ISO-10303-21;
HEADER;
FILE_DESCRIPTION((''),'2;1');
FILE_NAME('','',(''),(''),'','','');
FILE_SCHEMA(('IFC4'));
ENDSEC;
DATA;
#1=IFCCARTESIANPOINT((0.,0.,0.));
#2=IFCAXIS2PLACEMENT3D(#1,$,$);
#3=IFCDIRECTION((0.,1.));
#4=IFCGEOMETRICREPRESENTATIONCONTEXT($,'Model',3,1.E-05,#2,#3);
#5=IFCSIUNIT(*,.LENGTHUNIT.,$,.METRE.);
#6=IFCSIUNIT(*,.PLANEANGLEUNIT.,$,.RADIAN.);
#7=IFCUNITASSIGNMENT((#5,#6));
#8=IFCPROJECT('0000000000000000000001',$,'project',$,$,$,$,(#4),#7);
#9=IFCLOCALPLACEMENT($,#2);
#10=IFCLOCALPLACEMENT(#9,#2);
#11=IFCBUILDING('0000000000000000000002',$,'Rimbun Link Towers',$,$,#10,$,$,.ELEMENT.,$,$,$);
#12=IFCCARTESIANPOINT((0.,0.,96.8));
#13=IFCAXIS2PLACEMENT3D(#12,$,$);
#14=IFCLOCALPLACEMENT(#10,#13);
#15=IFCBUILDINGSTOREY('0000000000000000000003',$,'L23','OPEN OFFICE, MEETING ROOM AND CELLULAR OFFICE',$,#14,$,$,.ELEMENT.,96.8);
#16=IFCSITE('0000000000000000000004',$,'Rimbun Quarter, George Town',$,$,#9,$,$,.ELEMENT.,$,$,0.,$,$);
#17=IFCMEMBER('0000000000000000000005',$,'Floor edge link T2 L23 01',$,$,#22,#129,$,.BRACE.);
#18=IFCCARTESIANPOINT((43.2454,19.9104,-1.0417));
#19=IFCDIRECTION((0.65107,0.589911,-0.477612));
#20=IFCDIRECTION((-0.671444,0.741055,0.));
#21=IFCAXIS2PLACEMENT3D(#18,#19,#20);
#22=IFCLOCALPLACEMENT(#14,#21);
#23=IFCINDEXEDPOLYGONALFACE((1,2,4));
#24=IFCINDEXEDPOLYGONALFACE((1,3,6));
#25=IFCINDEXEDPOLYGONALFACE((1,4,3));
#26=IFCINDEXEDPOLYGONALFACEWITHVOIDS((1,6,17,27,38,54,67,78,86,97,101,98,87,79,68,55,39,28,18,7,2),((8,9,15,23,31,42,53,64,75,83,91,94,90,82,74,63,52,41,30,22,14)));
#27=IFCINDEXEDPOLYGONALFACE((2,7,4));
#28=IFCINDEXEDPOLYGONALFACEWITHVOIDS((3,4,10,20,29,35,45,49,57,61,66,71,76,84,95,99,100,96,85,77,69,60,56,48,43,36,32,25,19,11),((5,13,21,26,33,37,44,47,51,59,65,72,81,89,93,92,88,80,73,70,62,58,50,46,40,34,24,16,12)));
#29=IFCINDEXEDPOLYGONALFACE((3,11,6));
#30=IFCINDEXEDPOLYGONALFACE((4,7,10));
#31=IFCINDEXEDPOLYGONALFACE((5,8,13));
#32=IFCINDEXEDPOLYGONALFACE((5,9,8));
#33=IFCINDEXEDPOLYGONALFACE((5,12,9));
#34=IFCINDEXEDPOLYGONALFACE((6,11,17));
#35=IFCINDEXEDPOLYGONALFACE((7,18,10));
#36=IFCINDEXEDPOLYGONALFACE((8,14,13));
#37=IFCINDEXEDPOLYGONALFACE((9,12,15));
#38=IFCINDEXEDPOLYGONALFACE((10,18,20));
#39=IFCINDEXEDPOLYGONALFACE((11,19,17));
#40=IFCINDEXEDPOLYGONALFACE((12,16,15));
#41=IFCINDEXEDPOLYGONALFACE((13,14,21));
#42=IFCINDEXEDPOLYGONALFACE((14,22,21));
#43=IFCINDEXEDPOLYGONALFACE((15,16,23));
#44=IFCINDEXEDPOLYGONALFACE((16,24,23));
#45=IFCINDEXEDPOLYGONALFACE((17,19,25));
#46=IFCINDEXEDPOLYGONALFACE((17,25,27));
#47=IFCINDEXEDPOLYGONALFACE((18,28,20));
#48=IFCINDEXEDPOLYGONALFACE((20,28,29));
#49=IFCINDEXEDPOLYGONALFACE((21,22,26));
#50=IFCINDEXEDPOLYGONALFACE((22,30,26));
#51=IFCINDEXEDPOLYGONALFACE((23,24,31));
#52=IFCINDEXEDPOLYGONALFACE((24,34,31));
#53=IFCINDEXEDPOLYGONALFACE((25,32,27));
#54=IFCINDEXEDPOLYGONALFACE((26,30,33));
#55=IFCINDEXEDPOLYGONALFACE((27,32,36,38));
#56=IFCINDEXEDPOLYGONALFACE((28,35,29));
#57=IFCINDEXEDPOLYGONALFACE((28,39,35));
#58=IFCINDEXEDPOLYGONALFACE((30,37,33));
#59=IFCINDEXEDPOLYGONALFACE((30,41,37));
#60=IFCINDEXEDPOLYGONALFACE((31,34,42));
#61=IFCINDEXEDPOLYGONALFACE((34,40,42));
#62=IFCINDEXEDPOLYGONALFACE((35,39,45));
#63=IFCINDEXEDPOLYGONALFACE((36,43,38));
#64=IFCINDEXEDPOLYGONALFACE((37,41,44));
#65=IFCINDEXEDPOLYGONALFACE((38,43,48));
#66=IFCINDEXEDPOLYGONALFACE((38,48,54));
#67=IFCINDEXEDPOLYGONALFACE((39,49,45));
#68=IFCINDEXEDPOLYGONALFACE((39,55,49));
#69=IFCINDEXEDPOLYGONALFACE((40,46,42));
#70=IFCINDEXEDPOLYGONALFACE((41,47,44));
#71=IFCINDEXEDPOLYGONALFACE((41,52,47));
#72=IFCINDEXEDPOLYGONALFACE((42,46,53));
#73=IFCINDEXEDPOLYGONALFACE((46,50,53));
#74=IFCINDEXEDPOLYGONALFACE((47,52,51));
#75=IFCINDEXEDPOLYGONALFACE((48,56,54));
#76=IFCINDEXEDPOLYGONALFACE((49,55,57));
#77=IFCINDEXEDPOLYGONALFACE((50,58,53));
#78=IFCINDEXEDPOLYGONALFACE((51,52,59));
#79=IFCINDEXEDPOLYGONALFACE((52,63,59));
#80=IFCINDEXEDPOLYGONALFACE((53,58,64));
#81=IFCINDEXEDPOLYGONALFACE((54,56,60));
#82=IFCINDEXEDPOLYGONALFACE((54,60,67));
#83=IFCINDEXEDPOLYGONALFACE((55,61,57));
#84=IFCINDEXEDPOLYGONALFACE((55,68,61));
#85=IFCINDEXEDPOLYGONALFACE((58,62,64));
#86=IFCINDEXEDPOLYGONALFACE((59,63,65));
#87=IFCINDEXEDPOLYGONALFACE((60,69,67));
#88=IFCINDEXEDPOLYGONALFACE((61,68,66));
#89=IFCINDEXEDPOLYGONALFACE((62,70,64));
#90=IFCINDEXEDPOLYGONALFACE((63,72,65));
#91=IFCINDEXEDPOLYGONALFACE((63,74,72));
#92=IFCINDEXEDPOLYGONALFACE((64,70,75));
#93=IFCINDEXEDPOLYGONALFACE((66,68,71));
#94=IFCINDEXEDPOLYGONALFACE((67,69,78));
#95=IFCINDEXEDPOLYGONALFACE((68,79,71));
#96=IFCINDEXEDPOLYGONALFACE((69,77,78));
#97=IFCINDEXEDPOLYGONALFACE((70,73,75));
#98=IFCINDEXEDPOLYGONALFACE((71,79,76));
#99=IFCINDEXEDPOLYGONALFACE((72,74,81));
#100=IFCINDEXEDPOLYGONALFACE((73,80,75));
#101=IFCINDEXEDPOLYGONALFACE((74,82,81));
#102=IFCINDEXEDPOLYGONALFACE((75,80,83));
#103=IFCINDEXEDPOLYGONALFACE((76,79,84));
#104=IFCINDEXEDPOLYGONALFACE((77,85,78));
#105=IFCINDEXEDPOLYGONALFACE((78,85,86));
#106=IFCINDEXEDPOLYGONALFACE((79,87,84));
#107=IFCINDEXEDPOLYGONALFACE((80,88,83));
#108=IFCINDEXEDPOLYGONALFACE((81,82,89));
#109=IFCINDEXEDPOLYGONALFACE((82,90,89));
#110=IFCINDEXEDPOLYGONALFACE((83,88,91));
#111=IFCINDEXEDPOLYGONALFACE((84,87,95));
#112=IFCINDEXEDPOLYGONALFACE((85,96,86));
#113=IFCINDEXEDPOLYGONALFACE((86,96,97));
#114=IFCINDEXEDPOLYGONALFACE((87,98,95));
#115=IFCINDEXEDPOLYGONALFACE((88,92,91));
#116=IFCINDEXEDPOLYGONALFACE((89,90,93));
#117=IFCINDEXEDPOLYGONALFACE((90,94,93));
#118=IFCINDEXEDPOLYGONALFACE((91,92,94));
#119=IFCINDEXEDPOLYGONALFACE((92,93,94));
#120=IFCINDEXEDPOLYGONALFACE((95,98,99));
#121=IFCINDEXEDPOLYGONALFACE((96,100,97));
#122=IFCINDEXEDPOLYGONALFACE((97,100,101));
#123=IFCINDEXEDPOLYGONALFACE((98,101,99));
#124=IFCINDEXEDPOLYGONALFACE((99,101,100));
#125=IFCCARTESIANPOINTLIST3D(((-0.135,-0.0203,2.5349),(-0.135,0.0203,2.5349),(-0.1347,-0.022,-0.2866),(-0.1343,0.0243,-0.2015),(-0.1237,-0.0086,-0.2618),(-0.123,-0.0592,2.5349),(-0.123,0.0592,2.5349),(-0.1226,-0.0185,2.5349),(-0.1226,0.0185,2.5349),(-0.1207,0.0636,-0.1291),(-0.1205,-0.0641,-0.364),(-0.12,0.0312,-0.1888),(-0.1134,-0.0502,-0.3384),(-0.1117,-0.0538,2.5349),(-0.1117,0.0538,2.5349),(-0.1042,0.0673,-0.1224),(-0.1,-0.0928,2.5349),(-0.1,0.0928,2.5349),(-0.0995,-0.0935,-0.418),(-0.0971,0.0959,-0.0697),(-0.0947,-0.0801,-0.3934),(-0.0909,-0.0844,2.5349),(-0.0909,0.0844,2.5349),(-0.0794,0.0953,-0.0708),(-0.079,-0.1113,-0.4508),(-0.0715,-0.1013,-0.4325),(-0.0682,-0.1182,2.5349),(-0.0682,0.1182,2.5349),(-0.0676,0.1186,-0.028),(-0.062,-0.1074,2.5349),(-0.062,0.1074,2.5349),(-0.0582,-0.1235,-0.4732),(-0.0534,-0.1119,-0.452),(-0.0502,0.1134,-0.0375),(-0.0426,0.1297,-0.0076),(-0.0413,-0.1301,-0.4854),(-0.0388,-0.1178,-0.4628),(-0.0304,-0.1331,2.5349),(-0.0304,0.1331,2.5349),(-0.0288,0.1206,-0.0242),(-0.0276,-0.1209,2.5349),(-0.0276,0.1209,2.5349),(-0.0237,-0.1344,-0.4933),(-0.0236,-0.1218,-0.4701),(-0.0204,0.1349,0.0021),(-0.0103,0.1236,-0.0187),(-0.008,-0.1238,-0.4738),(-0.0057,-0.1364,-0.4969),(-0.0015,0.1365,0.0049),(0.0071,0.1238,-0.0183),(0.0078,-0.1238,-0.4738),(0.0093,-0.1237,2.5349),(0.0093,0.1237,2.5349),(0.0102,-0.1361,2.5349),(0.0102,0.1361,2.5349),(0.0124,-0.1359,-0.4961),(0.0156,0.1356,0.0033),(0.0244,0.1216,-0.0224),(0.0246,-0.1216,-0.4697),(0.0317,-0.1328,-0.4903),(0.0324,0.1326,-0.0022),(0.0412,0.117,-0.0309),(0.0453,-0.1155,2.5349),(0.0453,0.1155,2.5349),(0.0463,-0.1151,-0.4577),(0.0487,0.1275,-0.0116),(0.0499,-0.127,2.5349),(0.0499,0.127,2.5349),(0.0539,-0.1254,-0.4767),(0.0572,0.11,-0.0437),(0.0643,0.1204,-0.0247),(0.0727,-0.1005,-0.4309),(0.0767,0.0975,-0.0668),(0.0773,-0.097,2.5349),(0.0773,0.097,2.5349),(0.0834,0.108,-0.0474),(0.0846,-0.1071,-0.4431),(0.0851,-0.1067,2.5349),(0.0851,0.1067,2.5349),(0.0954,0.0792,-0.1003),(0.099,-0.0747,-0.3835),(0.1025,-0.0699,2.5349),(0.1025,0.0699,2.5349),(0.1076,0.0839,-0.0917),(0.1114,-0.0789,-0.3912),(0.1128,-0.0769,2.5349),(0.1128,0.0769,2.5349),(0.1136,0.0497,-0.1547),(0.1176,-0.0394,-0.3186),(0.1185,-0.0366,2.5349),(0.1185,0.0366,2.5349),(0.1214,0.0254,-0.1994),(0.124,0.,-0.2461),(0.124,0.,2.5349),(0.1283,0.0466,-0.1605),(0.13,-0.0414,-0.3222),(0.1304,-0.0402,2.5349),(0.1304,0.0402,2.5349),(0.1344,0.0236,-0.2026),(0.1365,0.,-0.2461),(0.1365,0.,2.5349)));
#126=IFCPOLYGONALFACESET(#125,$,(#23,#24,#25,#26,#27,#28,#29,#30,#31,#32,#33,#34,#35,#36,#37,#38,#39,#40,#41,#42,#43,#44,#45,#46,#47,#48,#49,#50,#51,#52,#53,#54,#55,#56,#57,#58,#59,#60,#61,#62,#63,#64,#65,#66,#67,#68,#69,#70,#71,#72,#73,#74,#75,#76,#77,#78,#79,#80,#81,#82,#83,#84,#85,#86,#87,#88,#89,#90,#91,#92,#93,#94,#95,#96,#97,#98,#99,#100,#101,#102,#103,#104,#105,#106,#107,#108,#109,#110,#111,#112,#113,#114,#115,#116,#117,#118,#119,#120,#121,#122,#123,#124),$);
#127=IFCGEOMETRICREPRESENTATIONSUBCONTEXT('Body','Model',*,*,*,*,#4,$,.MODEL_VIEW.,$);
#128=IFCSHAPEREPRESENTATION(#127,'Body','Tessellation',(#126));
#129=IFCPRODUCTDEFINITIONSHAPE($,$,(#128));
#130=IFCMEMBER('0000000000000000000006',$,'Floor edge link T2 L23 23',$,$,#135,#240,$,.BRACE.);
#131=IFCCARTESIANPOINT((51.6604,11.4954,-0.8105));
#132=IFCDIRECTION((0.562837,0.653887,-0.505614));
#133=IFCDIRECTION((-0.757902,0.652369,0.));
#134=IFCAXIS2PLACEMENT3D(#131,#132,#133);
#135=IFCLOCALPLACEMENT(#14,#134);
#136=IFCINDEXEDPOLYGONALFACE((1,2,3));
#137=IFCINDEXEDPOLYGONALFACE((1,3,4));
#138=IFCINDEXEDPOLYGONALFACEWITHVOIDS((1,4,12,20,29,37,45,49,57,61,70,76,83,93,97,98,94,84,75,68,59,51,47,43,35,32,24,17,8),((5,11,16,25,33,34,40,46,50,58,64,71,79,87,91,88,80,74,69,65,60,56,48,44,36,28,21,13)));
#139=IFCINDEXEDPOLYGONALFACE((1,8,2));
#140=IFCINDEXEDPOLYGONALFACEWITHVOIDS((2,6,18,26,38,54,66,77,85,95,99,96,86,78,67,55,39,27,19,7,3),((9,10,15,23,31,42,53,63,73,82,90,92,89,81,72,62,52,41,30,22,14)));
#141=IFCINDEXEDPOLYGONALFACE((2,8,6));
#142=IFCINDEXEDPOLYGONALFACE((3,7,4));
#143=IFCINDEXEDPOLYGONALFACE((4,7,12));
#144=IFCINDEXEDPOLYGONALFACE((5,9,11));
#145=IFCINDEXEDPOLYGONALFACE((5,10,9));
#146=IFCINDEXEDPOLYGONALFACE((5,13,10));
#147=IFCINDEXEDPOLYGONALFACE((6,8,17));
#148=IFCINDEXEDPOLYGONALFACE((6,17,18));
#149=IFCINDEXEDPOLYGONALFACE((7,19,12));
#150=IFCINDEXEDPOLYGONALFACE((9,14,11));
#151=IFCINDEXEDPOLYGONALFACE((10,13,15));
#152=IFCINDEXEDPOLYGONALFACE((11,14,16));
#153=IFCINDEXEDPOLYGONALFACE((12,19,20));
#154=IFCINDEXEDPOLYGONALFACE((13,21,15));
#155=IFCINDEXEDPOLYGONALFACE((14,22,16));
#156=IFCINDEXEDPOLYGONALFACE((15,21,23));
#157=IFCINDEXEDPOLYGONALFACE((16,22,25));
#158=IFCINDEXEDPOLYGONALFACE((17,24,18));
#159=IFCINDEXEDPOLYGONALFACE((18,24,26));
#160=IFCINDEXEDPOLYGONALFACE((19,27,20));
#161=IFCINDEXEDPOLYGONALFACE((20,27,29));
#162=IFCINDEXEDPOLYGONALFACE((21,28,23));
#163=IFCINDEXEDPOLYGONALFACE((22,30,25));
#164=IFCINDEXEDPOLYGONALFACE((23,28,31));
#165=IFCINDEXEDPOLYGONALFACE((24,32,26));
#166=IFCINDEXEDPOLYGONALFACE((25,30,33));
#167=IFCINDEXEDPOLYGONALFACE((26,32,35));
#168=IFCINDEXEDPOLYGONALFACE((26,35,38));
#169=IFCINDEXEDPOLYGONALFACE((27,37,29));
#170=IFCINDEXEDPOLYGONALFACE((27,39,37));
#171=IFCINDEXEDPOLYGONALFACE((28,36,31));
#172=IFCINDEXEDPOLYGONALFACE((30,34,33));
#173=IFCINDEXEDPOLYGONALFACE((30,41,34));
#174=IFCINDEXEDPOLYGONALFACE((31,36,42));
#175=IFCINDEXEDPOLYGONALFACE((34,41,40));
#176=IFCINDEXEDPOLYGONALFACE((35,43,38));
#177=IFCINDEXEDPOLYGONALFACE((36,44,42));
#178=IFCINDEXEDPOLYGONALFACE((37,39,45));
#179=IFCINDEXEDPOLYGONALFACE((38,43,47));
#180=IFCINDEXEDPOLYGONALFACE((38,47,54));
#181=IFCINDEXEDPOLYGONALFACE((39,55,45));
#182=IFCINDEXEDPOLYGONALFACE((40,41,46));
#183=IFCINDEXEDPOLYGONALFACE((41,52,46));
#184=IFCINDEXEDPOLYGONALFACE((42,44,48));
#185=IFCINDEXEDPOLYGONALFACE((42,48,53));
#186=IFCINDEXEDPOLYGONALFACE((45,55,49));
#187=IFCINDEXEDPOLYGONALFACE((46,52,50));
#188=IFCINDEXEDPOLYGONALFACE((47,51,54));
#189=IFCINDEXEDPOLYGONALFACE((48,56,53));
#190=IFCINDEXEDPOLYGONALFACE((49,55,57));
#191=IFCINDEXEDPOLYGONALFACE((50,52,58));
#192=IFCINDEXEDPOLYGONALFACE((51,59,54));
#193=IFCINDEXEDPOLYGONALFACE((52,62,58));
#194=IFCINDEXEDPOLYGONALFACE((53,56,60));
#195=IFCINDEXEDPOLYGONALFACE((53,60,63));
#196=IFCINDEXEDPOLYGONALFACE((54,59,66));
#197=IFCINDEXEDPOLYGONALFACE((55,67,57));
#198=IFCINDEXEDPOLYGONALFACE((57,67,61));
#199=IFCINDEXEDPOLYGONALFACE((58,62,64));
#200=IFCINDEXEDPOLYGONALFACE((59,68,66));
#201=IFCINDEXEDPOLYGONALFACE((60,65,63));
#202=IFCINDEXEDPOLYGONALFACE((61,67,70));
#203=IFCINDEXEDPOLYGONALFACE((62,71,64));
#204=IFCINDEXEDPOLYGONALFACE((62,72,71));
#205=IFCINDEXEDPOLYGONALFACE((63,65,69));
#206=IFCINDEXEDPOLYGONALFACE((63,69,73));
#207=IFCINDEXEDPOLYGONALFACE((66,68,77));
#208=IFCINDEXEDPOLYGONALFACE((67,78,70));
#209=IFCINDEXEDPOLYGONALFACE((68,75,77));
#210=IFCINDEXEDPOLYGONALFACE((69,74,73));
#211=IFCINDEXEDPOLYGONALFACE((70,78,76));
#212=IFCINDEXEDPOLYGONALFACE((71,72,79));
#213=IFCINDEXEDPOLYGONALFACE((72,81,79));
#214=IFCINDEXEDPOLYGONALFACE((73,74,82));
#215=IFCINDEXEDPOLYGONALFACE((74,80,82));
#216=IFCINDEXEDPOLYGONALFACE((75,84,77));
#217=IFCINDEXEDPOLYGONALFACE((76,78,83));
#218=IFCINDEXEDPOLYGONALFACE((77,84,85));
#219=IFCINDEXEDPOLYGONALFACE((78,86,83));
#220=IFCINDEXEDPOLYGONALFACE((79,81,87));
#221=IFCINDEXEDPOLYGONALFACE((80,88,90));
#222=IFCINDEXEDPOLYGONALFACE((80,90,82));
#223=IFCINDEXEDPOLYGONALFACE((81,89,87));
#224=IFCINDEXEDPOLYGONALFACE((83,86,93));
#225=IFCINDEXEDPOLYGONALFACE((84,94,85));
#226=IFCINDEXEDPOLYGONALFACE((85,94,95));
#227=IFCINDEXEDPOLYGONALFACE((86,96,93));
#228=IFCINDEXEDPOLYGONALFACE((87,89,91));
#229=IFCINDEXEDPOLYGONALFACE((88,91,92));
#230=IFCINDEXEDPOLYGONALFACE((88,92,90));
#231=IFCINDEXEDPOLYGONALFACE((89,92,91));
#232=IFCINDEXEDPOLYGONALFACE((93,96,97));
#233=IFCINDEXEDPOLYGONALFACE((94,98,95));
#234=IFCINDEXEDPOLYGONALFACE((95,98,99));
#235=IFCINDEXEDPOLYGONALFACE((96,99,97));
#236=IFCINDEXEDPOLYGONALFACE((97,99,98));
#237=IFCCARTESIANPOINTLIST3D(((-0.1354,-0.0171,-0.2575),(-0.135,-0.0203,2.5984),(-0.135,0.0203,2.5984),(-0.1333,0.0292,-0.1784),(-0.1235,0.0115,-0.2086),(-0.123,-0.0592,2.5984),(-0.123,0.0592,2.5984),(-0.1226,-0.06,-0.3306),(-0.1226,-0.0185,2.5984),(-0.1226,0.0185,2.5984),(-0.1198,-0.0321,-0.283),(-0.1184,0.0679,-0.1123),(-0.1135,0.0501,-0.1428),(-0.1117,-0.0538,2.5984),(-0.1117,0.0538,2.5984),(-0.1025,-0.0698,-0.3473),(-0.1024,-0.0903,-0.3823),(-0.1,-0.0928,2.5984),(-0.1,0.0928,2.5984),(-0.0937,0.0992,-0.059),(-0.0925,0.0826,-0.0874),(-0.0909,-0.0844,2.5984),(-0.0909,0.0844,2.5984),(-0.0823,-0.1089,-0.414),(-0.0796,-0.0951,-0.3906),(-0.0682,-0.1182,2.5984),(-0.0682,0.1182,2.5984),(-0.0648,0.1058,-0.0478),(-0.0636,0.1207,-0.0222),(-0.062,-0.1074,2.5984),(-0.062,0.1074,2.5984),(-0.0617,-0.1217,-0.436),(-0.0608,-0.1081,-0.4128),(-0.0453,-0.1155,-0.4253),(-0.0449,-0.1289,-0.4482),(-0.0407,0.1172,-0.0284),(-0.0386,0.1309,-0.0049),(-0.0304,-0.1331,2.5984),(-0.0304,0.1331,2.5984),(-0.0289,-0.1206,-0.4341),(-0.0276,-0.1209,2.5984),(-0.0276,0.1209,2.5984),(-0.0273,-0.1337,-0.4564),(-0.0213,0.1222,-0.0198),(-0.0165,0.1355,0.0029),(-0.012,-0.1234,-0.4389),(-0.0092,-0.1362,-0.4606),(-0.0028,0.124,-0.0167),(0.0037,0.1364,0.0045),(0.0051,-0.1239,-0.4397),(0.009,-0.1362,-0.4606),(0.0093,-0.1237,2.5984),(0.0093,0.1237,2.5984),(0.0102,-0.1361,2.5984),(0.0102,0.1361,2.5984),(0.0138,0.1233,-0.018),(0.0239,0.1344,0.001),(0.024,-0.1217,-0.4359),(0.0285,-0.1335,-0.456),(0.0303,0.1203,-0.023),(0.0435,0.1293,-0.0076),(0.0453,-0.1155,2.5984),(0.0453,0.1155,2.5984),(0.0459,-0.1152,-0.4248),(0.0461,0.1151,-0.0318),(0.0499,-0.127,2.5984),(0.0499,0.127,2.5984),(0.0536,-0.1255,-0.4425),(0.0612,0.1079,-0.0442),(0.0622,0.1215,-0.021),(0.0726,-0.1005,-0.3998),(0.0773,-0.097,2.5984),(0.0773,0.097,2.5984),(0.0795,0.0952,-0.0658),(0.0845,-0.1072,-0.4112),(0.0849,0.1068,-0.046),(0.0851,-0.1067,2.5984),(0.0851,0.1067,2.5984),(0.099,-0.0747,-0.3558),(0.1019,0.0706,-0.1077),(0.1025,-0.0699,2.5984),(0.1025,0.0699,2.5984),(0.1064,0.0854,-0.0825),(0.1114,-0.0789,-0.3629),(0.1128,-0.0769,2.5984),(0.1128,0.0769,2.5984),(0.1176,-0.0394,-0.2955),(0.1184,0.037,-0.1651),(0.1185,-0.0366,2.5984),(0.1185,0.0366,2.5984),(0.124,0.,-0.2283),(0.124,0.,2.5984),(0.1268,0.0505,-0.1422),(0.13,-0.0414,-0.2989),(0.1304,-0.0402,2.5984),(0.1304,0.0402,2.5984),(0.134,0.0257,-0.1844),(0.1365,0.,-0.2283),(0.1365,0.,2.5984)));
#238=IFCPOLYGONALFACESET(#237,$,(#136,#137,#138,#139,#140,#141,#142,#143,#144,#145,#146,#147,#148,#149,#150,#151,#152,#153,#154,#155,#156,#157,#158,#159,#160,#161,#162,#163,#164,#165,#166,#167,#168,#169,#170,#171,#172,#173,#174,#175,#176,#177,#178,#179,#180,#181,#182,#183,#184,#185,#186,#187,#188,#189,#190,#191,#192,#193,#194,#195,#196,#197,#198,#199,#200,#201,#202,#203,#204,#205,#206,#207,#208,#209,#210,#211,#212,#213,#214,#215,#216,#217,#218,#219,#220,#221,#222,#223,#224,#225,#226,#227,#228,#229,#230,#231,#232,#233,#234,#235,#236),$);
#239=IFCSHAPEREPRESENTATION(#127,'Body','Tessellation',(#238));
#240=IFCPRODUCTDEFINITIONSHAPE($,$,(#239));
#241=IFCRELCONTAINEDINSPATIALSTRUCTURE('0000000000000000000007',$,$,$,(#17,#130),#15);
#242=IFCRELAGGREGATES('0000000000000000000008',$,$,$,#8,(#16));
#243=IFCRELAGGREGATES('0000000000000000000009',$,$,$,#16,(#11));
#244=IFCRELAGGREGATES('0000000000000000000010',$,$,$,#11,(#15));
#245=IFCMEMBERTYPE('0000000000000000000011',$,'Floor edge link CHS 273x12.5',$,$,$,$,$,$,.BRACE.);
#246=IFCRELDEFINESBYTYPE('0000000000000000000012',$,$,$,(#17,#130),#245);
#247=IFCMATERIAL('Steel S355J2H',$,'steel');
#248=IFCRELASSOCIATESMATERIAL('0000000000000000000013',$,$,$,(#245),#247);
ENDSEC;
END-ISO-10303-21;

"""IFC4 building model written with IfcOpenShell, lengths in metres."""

from ifc_helpers import new_model, si_unit, direction, frame, origin, origin_2d, place, context, subcontext, project, spatial, hollow_circle, extrude, clip, halfspace, material, material_profile, profile_set, type_object, element, save


model = new_model("IFC4")

# Units and contexts
model_context = context("Model", 3, precision=1e-05, world=origin(), true_north=direction((0.0, 1.0)))
body_context = subcontext(model_context, "Body", "Model", "MODEL_VIEW")
ifc_project = project(units=[si_unit("LENGTHUNIT", "METRE"), si_unit("PLANEANGLEUNIT", "RADIAN")], contexts=[model_context])

# Site, building, storey
site_placement = place(None, origin())
site = spatial("IfcSite", under=ifc_project, at=site_placement, Name="Rimbun Quarter, George Town", CompositionType="ELEMENT", RefElevation=0.0)
building_placement = place(site_placement, origin())
building = spatial("IfcBuilding", under=site, at=building_placement, Name="Rimbun Link Towers", CompositionType="ELEMENT")
storey_placement = place(building_placement, frame((0.0, 0.0, 96.8)))
storey = spatial("IfcBuildingStorey", under=building, at=storey_placement, Name="L23", Description="OPEN OFFICE, MEETING ROOM AND CELLULAR OFFICE", CompositionType="ELEMENT", Elevation=96.8)

# Members
ifc_material_1 = material(Name="Steel S355J2H", Category="steel")
ifc_material_profile_1 = material_profile(ifc_material_1, hollow_circle(Radius=0.1365, WallThickness=0.0125, at=origin_2d()), Name="CHS 273x12.5")
ifc_profile_set_1 = profile_set([ifc_material_profile_1], Name="Steel S355J2H")
member_type_1 = type_object("IfcMemberType", Name="Floor edge link CHS 273x12.5", PredefinedType="BRACE", material=ifc_profile_set_1)
member_1_placement = place(storey_placement, frame((43.2454, 19.9104, -1.0417), z_axis=(0.65107, 0.589911, -0.477612), x_axis=(-0.671444, 0.741055, 0.0)))
element("IfcMember", 1, at=member_1_placement, inside=storey, type_object=member_type_1, Name="Floor edge link T2 L23 01", PredefinedType="BRACE", context=body_context, shape_type="Clipping", body=[
    clip(extrude(hollow_circle(Radius=0.1365, WallThickness=0.0125, at=origin_2d()), frame((0.0, 0.0, -0.5232)), (0.0, 0.0, 1.0), 3.0581), halfspace(frame((0.0, 0.0, -0.2461), z_axis=(0.0, 0.878571, -0.477612)), False)),
])
member_2_placement = place(storey_placement, frame((51.6604, 11.4954, -0.8105), z_axis=(0.562837, 0.653887, -0.505614), x_axis=(-0.757902, 0.652369, 0.0)))
element("IfcMember", 2, at=member_2_placement, inside=storey, type_object=member_type_1, Name="Floor edge link T2 L23 23", PredefinedType="BRACE", context=body_context, shape_type="Clipping", body=[
    clip(extrude(hollow_circle(Radius=0.1365, WallThickness=0.0125, at=origin_2d()), frame((0.0, 0.0, -0.4856)), (0.0, 0.0, 1.0), 3.084), halfspace(frame((0.0, 0.0, -0.2283), z_axis=(0.0, 0.86276, -0.505614)), False)),
])

save(model, "model.ifc")
